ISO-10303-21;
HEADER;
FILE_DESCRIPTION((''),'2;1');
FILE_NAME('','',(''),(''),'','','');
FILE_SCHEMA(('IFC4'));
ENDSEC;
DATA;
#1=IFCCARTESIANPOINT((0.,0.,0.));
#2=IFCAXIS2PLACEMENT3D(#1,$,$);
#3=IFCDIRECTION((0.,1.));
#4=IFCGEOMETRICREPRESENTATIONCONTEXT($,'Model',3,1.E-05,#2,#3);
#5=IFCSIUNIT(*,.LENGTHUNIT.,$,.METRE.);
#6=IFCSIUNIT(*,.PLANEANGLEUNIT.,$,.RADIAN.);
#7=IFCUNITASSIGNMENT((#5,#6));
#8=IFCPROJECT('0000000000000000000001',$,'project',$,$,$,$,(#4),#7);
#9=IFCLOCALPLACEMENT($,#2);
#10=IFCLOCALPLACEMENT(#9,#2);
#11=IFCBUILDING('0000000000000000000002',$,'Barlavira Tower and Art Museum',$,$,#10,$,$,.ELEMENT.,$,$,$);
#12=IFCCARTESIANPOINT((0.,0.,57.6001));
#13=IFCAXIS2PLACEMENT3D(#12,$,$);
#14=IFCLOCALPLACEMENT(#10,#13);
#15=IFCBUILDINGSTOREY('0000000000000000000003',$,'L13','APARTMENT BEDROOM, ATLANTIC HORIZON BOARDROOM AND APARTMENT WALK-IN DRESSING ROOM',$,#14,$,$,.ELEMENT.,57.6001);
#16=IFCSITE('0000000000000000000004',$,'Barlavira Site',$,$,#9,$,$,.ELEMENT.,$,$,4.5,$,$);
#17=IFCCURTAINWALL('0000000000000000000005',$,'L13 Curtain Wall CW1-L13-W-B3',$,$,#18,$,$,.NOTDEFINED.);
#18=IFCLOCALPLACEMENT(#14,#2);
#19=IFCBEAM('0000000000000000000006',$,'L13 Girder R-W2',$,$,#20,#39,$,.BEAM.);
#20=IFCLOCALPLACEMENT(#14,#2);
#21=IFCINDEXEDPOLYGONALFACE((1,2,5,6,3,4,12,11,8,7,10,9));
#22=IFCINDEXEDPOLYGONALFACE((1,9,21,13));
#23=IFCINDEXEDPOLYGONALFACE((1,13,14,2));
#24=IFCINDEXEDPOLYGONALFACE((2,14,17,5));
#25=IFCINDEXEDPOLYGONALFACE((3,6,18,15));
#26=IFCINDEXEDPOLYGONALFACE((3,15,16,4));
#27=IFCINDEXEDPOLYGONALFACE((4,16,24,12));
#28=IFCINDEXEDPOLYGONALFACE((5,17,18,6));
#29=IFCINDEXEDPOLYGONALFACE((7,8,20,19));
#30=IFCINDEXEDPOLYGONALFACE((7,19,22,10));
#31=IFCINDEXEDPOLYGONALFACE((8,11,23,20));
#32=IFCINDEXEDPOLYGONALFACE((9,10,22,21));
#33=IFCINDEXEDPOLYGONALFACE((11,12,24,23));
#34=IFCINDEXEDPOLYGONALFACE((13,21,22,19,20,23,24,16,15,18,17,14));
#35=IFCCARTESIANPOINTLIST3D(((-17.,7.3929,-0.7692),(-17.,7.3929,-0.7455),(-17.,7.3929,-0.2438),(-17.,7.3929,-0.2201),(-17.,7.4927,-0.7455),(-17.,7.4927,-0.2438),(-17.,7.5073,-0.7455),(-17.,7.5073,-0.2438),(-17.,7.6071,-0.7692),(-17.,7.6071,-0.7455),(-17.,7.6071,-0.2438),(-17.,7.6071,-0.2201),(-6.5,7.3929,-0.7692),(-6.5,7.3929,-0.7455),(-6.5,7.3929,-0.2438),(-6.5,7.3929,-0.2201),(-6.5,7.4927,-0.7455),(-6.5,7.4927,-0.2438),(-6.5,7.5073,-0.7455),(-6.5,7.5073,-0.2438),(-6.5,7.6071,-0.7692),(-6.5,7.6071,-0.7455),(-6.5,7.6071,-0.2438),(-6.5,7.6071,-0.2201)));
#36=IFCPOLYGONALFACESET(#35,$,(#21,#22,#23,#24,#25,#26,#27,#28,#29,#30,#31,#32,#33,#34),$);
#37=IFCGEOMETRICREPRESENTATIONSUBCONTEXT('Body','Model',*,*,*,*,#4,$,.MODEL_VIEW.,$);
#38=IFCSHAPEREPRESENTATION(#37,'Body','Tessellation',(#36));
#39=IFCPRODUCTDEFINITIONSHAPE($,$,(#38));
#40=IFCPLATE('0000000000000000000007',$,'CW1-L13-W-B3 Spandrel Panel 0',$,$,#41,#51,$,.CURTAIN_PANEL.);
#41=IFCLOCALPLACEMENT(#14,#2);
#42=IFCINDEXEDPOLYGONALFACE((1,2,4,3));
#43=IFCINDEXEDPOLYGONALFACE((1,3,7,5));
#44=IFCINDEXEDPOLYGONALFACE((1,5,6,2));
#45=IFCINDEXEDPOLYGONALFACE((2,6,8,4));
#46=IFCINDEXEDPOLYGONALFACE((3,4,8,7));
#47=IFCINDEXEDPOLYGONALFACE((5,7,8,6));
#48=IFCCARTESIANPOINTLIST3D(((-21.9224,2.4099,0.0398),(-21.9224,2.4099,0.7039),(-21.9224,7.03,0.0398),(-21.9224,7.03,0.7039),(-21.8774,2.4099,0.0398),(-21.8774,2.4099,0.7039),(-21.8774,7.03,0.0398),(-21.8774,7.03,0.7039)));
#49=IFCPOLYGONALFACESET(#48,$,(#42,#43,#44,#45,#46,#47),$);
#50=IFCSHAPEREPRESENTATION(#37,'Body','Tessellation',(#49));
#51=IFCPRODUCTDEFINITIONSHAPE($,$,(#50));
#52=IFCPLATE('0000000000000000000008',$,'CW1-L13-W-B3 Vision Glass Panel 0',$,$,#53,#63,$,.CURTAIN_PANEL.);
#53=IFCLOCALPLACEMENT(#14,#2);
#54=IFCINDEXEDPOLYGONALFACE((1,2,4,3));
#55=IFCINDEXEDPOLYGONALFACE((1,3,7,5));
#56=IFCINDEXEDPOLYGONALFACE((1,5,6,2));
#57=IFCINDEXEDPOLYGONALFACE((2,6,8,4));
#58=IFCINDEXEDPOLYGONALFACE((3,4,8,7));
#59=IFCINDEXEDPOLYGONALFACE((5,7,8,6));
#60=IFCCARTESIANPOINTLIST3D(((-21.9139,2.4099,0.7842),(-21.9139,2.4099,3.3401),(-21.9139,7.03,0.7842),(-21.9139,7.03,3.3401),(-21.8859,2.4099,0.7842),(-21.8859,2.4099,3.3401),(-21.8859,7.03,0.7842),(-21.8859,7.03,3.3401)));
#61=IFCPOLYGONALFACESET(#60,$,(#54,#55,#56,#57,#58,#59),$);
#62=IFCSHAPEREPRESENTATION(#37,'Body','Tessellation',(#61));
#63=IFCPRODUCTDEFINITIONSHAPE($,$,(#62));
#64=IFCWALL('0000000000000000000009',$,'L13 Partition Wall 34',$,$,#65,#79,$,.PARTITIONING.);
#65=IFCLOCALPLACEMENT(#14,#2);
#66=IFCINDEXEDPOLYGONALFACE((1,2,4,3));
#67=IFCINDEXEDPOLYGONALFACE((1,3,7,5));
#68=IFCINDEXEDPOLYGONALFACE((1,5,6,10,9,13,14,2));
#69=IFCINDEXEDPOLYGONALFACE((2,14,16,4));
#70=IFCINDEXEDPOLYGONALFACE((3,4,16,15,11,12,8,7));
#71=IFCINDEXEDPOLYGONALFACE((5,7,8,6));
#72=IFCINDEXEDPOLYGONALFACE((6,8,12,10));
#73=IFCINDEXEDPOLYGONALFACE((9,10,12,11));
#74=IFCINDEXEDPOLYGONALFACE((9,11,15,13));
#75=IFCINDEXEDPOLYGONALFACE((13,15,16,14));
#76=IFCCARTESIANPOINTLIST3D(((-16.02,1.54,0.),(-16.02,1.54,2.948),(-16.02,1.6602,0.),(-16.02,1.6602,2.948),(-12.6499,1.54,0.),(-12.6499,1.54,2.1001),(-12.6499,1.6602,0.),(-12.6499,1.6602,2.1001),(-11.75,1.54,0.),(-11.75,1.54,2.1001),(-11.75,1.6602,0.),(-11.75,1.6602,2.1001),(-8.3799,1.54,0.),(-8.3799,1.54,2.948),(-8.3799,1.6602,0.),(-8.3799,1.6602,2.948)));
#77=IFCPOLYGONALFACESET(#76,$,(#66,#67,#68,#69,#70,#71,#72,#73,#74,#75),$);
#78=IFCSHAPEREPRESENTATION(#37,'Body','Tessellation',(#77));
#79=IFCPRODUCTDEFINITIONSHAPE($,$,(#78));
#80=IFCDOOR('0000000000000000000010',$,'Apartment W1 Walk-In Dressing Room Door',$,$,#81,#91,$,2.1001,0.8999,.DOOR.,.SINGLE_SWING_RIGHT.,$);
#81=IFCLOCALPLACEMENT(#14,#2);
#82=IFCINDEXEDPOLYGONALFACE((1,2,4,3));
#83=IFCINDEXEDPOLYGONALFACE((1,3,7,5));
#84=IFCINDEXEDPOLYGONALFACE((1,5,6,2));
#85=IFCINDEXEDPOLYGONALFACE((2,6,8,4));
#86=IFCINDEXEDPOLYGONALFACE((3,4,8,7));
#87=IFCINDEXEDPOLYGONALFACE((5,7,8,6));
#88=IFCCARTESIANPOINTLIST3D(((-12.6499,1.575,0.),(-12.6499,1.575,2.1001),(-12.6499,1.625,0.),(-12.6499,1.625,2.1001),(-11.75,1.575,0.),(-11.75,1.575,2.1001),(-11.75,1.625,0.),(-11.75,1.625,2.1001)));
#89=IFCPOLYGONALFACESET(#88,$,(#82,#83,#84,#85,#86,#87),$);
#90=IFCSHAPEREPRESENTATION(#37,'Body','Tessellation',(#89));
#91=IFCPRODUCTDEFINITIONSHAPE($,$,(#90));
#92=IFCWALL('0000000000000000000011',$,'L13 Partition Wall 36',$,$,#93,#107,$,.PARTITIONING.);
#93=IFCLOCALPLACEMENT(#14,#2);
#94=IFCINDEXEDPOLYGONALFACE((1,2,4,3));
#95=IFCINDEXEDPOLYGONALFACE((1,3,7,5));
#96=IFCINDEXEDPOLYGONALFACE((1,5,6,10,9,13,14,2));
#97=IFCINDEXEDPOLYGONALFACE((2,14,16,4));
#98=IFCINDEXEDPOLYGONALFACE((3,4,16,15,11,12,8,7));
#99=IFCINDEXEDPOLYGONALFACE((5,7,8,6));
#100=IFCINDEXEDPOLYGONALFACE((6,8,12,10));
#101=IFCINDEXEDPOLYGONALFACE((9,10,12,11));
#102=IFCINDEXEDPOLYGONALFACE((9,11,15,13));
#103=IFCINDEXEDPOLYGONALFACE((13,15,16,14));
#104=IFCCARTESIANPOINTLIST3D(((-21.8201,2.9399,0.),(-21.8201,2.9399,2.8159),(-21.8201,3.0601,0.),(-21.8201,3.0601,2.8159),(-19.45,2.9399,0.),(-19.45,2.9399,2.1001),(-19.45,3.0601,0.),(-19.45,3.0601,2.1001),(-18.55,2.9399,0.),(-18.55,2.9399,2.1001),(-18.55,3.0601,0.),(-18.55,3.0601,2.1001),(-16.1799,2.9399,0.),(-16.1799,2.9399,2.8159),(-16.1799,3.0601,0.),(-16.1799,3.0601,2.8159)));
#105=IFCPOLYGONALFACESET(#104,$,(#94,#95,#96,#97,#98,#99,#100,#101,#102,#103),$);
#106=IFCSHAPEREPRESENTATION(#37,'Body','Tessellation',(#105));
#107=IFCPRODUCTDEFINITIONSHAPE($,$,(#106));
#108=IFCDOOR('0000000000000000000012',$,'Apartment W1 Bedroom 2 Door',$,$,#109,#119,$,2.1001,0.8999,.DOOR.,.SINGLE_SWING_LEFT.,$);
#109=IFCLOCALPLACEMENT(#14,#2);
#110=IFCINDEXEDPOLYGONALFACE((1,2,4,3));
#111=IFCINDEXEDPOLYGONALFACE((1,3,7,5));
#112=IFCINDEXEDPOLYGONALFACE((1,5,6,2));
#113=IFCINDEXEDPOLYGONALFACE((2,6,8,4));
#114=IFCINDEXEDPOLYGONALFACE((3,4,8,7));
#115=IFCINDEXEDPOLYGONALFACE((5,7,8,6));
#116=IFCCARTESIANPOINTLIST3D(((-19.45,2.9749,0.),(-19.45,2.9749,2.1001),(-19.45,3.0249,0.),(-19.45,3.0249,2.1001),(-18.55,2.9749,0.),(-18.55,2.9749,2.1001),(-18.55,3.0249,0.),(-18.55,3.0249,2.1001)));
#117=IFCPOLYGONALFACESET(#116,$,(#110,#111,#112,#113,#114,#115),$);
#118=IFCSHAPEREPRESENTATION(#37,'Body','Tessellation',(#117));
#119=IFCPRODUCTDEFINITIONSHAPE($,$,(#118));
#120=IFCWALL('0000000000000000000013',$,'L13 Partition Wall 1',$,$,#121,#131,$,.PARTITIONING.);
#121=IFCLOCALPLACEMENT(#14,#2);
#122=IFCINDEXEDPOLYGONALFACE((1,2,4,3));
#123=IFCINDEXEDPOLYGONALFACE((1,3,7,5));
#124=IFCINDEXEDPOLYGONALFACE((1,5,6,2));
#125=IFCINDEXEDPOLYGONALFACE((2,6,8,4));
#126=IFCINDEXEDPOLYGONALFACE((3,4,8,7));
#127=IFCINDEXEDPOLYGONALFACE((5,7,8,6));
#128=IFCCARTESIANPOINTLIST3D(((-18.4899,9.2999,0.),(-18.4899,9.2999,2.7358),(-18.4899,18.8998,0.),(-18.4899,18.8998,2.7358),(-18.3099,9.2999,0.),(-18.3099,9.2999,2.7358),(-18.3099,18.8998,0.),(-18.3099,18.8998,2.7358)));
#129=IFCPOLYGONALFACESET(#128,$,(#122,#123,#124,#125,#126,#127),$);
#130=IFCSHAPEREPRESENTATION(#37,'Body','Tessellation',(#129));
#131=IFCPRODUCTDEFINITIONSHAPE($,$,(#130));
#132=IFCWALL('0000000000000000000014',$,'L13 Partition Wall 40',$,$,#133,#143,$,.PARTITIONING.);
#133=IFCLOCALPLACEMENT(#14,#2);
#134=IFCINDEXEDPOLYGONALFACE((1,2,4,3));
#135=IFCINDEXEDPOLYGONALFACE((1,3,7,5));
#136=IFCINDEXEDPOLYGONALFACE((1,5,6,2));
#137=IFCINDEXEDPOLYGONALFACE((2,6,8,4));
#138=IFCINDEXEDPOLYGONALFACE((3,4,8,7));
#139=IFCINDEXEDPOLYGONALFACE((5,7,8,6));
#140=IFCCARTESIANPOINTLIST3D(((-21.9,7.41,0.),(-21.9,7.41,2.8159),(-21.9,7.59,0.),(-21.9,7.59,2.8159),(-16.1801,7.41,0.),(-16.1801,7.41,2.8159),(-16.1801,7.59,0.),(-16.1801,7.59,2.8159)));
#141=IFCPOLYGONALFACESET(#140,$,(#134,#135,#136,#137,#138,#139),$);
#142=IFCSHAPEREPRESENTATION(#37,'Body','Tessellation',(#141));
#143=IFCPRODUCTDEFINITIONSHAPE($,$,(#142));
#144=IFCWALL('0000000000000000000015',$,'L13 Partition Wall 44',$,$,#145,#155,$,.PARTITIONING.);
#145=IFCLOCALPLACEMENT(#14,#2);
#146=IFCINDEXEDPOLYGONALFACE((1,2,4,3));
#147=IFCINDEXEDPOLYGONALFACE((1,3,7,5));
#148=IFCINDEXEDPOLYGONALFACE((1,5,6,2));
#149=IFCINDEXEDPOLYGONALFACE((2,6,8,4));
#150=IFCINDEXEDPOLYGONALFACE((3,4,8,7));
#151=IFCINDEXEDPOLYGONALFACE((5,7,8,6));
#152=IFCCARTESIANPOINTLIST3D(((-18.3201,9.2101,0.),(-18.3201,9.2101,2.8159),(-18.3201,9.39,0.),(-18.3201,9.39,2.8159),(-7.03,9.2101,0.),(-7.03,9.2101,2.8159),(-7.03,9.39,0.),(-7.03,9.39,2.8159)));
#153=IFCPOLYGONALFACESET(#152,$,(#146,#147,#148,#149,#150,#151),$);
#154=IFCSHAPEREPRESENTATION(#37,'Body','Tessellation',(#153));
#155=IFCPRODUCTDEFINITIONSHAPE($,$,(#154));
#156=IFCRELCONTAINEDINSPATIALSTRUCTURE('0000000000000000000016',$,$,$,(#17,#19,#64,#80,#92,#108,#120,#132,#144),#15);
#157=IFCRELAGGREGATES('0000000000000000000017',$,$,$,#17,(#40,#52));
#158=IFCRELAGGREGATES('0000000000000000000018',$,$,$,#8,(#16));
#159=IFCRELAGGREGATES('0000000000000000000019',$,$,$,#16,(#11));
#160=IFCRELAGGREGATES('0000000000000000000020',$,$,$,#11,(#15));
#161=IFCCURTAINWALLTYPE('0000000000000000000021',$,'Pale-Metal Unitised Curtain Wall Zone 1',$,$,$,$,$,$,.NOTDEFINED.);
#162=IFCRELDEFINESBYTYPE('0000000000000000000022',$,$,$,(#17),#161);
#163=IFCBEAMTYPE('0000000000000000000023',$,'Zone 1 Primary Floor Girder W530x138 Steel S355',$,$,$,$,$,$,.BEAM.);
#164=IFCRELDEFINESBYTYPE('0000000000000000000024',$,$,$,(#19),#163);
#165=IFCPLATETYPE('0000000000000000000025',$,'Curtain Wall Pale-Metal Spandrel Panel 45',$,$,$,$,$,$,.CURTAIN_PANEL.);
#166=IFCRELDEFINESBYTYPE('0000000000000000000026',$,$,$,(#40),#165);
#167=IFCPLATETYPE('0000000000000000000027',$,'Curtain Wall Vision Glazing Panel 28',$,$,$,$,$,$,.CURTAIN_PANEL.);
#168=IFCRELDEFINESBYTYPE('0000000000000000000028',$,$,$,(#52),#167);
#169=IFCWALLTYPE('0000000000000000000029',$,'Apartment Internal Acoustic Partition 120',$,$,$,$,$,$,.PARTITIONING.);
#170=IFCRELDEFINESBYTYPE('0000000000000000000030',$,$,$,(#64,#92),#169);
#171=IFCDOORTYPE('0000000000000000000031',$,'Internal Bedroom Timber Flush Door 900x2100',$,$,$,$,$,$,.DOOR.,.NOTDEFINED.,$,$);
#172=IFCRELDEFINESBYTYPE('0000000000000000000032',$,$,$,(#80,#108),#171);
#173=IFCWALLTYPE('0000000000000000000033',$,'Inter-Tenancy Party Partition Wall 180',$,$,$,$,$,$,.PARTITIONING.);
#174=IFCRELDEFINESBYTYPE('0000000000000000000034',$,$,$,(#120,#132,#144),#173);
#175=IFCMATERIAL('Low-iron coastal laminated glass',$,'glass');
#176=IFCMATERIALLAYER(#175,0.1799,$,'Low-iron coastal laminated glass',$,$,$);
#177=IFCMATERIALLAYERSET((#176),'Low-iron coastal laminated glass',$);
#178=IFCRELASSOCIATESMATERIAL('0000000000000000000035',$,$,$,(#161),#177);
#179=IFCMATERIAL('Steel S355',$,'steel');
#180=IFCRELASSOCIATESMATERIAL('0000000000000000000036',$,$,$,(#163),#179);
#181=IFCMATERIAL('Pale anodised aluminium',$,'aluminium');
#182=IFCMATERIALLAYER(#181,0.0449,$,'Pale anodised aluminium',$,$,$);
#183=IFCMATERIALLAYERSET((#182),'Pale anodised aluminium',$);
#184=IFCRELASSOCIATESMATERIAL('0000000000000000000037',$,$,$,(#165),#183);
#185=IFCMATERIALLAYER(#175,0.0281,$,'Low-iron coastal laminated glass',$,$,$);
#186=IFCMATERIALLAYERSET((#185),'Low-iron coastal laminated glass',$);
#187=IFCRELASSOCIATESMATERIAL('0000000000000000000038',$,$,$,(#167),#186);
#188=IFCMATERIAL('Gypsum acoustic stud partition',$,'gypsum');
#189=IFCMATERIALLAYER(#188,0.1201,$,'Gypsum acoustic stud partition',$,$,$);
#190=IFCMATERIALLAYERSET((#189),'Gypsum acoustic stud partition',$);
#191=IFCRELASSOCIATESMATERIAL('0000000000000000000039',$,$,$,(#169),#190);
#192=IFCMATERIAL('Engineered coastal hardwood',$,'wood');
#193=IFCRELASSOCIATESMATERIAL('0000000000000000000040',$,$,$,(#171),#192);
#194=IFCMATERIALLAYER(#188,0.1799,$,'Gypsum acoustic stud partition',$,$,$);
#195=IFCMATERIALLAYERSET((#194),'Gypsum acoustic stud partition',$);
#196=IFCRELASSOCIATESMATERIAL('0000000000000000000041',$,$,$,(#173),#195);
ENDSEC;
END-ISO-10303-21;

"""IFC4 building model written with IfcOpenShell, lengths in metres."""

from ifc_helpers import new_model, si_unit, direction, frame, frame_2d, origin, origin_2d, place, context, subcontext, project, spatial, rectangle, i_section, extrude, material, layer, layer_set, material_profile, profile_set, type_object, element, fill, aggregate, save


model = new_model("IFC4")

# Units and contexts
model_context = context("Model", 3, precision=1e-05, world=origin(), true_north=direction((0.0, 1.0)))
body_context = subcontext(model_context, "Body", "Model", "MODEL_VIEW")
ifc_project = project(units=[si_unit("LENGTHUNIT", "METRE"), si_unit("PLANEANGLEUNIT", "RADIAN")], contexts=[model_context])

# Site, building, storey
site_placement = place(None, origin())
site = spatial("IfcSite", under=ifc_project, at=site_placement, Name="Barlavira Site", CompositionType="ELEMENT", RefElevation=4.5)
building_placement = place(site_placement, origin())
building = spatial("IfcBuilding", under=site, at=building_placement, Name="Barlavira Tower and Art Museum", CompositionType="ELEMENT")
storey_placement = place(building_placement, frame((0.0, 0.0, 57.6001)))
storey = spatial("IfcBuildingStorey", under=building, at=storey_placement, Name="L13", Description="APARTMENT BEDROOM, ATLANTIC HORIZON BOARDROOM AND APARTMENT WALK-IN DRESSING ROOM", CompositionType="ELEMENT", Elevation=57.6001)

# Curtain wall
ifc_material_1 = material(Name="Low-iron coastal laminated glass", Category="glass")
ifc_layer_1 = layer(ifc_material_1, 0.1799, Name="Low-iron coastal laminated glass")
ifc_layer_set_1 = layer_set([ifc_layer_1], Name="Low-iron coastal laminated glass")
curtain_wall_type = type_object("IfcCurtainWallType", Name="Pale-Metal Unitised Curtain Wall Zone 1", PredefinedType="NOTDEFINED", material=ifc_layer_set_1)
curtain_wall_placement = place(storey_placement, origin())
curtain_wall = element("IfcCurtainWall", 1, at=curtain_wall_placement, inside=storey, type_object=curtain_wall_type, Name="L13 Curtain Wall CW1-L13-W-B3", PredefinedType="NOTDEFINED")
ifc_material_2 = material(Name="Pale anodised aluminium", Category="aluminium")

# Shared definitions
ifc_material_3 = material(Name="Steel S355", Category="steel")

# Beam
ifc_material_profile_1 = material_profile(ifc_material_3, i_section(OverallWidth=0.2141, OverallDepth=0.5491, WebThickness=0.0146, FlangeThickness=0.0237, at=origin_2d()), Name="W530x138.0")
ifc_profile_set_1 = profile_set([ifc_material_profile_1], Name="Steel S355")
beam_type_1 = type_object("IfcBeamType", Name="Zone 1 Primary Floor Girder W530x138 Steel S355", PredefinedType="BEAM", material=ifc_profile_set_1)
beam_1_placement = place(storey_placement, frame((-17.0, 7.5, -0.4946), z_axis=(1.0, 0.0, 0.0), x_axis=(0.0, 1.0, 0.0)))
element("IfcBeam", 2, at=beam_1_placement, inside=storey, type_object=beam_type_1, Name="L13 Girder R-W2", PredefinedType="BEAM", context=body_context, shape_type="SweptSolid", body=[
    extrude(i_section(OverallWidth=0.2141, OverallDepth=0.5491, WebThickness=0.0146, FlangeThickness=0.0237, at=origin_2d()), origin(), (0.0, 0.0, 1.0), 10.5),
])

# Plates
ifc_layer_2 = layer(ifc_material_2, 0.0449, Name="Pale anodised aluminium")
ifc_layer_set_2 = layer_set([ifc_layer_2], Name="Pale anodised aluminium")
plate_type_1 = type_object("IfcPlateType", Name="Curtain Wall Pale-Metal Spandrel Panel 45", PredefinedType="CURTAIN_PANEL", material=ifc_layer_set_2)
plate_1_placement = place(storey_placement, frame((-21.8999, 4.72, 0.0398), z_axis=(0.0, 0.0, 1.0), x_axis=(0.0, -1.0, 0.0)))
plate_1 = element("IfcPlate", 3, at=plate_1_placement, type_object=plate_type_1, Name="CW1-L13-W-B3 Spandrel Panel 0", PredefinedType="CURTAIN_PANEL", context=body_context, shape_type="SweptSolid", body=[
    extrude(rectangle(XDim=4.6201, YDim=0.0449, at=origin_2d()), origin(), (0.0, 0.0, 1.0), 0.6641),
])
ifc_layer_3 = layer(ifc_material_1, 0.0281, Name="Low-iron coastal laminated glass")
ifc_layer_set_3 = layer_set([ifc_layer_3], Name="Low-iron coastal laminated glass")
plate_type_2 = type_object("IfcPlateType", Name="Curtain Wall Vision Glazing Panel 28", PredefinedType="CURTAIN_PANEL", material=ifc_layer_set_3)
plate_2_placement = place(storey_placement, frame((-21.8999, 4.72, 0.7842), z_axis=(0.0, 0.0, 1.0), x_axis=(0.0, -1.0, 0.0)))
plate_2 = element("IfcPlate", 4, at=plate_2_placement, type_object=plate_type_2, Name="CW1-L13-W-B3 Vision Glass Panel 0", PredefinedType="CURTAIN_PANEL", context=body_context, shape_type="SweptSolid", body=[
    extrude(rectangle(XDim=4.6201, YDim=0.0281, at=origin_2d()), origin(), (0.0, 0.0, 1.0), 2.5559),
])
aggregate(curtain_wall, [plate_1, plate_2])

# Walls, openings, doors
ifc_material_4 = material(Name="Gypsum acoustic stud partition", Category="gypsum")
ifc_layer_4 = layer(ifc_material_4, 0.1201, Name="Gypsum acoustic stud partition")
ifc_layer_set_4 = layer_set([ifc_layer_4], Name="Gypsum acoustic stud partition")
wall_type_1 = type_object("IfcWallType", Name="Apartment Internal Acoustic Partition 120", PredefinedType="PARTITIONING", material=ifc_layer_set_4)
wall_1_placement = place(storey_placement, frame((-16.02, 1.6001, 0.0), z_axis=(0.0, 0.0, 1.0), x_axis=(1.0, 0.0, 0.0)))
wall_1 = element("IfcWall", 5, at=wall_1_placement, inside=storey, type_object=wall_type_1, Name="L13 Partition Wall 34", PredefinedType="PARTITIONING", context=body_context, shape_type="SweptSolid", body=[
    extrude(rectangle(XDim=7.6401, YDim=0.1201, at=frame_2d((3.8201, 0.0))), origin(), (0.0, 0.0, 1.0), 2.948),
])
opening_1_placement = place(wall_1_placement, frame((3.3701, 0.0, 0.0)))
opening_1 = element("IfcOpeningElement", 6, at=opening_1_placement, cuts=wall_1, PredefinedType="OPENING", context=body_context, shape_type="SweptSolid", body=[
    extrude(rectangle(XDim=0.8999, YDim=2.1001, at=frame_2d((0.45, 1.05))), frame((0.0, 0.0701, 0.0), z_axis=(0.0, -1.0, 0.0), x_axis=(1.0, 0.0, 0.0)), (0.0, 0.0, 1.0), 0.1401),
])
ifc_material_5 = material(Name="Engineered coastal hardwood", Category="wood")
door_type = type_object("IfcDoorType", Name="Internal Bedroom Timber Flush Door 900x2100", OperationType="NOTDEFINED", PredefinedType="DOOR", material=ifc_material_5)
door_1_placement = place(opening_1_placement, origin())
door_1 = element("IfcDoor", 7, at=door_1_placement, inside=storey, type_object=door_type, Name="Apartment W1 Walk-In Dressing Room Door", OperationType="SINGLE_SWING_RIGHT", OverallHeight=2.1001, OverallWidth=0.8999, PredefinedType="DOOR", context=body_context, shape_type="SweptSolid", body=[
    extrude(rectangle(XDim=0.8999, YDim=2.1001, at=frame_2d((0.45, 1.05))), frame((0.0, 0.0249, 0.0), z_axis=(0.0, -1.0, 0.0), x_axis=(1.0, 0.0, 0.0)), (0.0, 0.0, 1.0), 0.05),
])
fill(opening_1, door_1)
wall_2_placement = place(storey_placement, frame((-21.8201, 3.0, 0.0), z_axis=(0.0, 0.0, 1.0), x_axis=(1.0, 0.0, 0.0)))
wall_2 = element("IfcWall", 8, at=wall_2_placement, inside=storey, type_object=wall_type_1, Name="L13 Partition Wall 36", PredefinedType="PARTITIONING", context=body_context, shape_type="SweptSolid", body=[
    extrude(rectangle(XDim=5.6401, YDim=0.1201, at=frame_2d((2.8201, 0.0))), origin(), (0.0, 0.0, 1.0), 2.8159),
])
opening_2_placement = place(wall_2_placement, frame((2.3701, 0.0, 0.0)))
opening_2 = element("IfcOpeningElement", 9, at=opening_2_placement, cuts=wall_2, PredefinedType="OPENING", context=body_context, shape_type="SweptSolid", body=[
    extrude(rectangle(XDim=0.8999, YDim=2.1001, at=frame_2d((0.45, 1.05))), frame((0.0, 0.0701, 0.0), z_axis=(0.0, -1.0, 0.0), x_axis=(1.0, 0.0, 0.0)), (0.0, 0.0, 1.0), 0.1401),
])
door_2_placement = place(opening_2_placement, origin())
door_2 = element("IfcDoor", 10, at=door_2_placement, inside=storey, type_object=door_type, Name="Apartment W1 Bedroom 2 Door", OperationType="SINGLE_SWING_LEFT", OverallHeight=2.1001, OverallWidth=0.8999, PredefinedType="DOOR", context=body_context, shape_type="SweptSolid", body=[
    extrude(rectangle(XDim=0.8999, YDim=2.1001, at=frame_2d((0.45, 1.05))), frame((0.0, 0.0249, 0.0), z_axis=(0.0, -1.0, 0.0), x_axis=(1.0, 0.0, 0.0)), (0.0, 0.0, 1.0), 0.05),
])
fill(opening_2, door_2)

# Walls
ifc_layer_5 = layer(ifc_material_4, 0.1799, Name="Gypsum acoustic stud partition")
ifc_layer_set_5 = layer_set([ifc_layer_5], Name="Gypsum acoustic stud partition")
wall_type_2 = type_object("IfcWallType", Name="Inter-Tenancy Party Partition Wall 180", PredefinedType="PARTITIONING", material=ifc_layer_set_5)
wall_3_placement = place(storey_placement, frame((-18.3999, 9.3, 0.0), z_axis=(0.0, 0.0, 1.0), x_axis=(0.0, 1.0, 0.0)))
element("IfcWall", 11, at=wall_3_placement, inside=storey, type_object=wall_type_2, Name="L13 Partition Wall 1", PredefinedType="PARTITIONING", context=body_context, shape_type="SweptSolid", body=[
    extrude(rectangle(XDim=9.5999, YDim=0.1799, at=frame_2d((4.7998, 0.0))), origin(), (0.0, 0.0, 1.0), 2.7358),
])
wall_4_placement = place(storey_placement, frame((-21.8999, 7.5, 0.0), z_axis=(0.0, 0.0, 1.0), x_axis=(1.0, 0.0, 0.0)))
element("IfcWall", 12, at=wall_4_placement, inside=storey, type_object=wall_type_2, Name="L13 Partition Wall 40", PredefinedType="PARTITIONING", context=body_context, shape_type="SweptSolid", body=[
    extrude(rectangle(XDim=5.72, YDim=0.1799, at=frame_2d((2.8599, 0.0))), origin(), (0.0, 0.0, 1.0), 2.8159),
])
wall_5_placement = place(storey_placement, frame((-18.3201, 9.3, 0.0), z_axis=(0.0, 0.0, 1.0), x_axis=(1.0, 0.0, 0.0)))
element("IfcWall", 13, at=wall_5_placement, inside=storey, type_object=wall_type_2, Name="L13 Partition Wall 44", PredefinedType="PARTITIONING", context=body_context, shape_type="SweptSolid", body=[
    extrude(rectangle(XDim=11.29, YDim=0.1799, at=frame_2d((5.645, 0.0))), origin(), (0.0, 0.0, 1.0), 2.8159),
])

save(model, "model.ifc")
